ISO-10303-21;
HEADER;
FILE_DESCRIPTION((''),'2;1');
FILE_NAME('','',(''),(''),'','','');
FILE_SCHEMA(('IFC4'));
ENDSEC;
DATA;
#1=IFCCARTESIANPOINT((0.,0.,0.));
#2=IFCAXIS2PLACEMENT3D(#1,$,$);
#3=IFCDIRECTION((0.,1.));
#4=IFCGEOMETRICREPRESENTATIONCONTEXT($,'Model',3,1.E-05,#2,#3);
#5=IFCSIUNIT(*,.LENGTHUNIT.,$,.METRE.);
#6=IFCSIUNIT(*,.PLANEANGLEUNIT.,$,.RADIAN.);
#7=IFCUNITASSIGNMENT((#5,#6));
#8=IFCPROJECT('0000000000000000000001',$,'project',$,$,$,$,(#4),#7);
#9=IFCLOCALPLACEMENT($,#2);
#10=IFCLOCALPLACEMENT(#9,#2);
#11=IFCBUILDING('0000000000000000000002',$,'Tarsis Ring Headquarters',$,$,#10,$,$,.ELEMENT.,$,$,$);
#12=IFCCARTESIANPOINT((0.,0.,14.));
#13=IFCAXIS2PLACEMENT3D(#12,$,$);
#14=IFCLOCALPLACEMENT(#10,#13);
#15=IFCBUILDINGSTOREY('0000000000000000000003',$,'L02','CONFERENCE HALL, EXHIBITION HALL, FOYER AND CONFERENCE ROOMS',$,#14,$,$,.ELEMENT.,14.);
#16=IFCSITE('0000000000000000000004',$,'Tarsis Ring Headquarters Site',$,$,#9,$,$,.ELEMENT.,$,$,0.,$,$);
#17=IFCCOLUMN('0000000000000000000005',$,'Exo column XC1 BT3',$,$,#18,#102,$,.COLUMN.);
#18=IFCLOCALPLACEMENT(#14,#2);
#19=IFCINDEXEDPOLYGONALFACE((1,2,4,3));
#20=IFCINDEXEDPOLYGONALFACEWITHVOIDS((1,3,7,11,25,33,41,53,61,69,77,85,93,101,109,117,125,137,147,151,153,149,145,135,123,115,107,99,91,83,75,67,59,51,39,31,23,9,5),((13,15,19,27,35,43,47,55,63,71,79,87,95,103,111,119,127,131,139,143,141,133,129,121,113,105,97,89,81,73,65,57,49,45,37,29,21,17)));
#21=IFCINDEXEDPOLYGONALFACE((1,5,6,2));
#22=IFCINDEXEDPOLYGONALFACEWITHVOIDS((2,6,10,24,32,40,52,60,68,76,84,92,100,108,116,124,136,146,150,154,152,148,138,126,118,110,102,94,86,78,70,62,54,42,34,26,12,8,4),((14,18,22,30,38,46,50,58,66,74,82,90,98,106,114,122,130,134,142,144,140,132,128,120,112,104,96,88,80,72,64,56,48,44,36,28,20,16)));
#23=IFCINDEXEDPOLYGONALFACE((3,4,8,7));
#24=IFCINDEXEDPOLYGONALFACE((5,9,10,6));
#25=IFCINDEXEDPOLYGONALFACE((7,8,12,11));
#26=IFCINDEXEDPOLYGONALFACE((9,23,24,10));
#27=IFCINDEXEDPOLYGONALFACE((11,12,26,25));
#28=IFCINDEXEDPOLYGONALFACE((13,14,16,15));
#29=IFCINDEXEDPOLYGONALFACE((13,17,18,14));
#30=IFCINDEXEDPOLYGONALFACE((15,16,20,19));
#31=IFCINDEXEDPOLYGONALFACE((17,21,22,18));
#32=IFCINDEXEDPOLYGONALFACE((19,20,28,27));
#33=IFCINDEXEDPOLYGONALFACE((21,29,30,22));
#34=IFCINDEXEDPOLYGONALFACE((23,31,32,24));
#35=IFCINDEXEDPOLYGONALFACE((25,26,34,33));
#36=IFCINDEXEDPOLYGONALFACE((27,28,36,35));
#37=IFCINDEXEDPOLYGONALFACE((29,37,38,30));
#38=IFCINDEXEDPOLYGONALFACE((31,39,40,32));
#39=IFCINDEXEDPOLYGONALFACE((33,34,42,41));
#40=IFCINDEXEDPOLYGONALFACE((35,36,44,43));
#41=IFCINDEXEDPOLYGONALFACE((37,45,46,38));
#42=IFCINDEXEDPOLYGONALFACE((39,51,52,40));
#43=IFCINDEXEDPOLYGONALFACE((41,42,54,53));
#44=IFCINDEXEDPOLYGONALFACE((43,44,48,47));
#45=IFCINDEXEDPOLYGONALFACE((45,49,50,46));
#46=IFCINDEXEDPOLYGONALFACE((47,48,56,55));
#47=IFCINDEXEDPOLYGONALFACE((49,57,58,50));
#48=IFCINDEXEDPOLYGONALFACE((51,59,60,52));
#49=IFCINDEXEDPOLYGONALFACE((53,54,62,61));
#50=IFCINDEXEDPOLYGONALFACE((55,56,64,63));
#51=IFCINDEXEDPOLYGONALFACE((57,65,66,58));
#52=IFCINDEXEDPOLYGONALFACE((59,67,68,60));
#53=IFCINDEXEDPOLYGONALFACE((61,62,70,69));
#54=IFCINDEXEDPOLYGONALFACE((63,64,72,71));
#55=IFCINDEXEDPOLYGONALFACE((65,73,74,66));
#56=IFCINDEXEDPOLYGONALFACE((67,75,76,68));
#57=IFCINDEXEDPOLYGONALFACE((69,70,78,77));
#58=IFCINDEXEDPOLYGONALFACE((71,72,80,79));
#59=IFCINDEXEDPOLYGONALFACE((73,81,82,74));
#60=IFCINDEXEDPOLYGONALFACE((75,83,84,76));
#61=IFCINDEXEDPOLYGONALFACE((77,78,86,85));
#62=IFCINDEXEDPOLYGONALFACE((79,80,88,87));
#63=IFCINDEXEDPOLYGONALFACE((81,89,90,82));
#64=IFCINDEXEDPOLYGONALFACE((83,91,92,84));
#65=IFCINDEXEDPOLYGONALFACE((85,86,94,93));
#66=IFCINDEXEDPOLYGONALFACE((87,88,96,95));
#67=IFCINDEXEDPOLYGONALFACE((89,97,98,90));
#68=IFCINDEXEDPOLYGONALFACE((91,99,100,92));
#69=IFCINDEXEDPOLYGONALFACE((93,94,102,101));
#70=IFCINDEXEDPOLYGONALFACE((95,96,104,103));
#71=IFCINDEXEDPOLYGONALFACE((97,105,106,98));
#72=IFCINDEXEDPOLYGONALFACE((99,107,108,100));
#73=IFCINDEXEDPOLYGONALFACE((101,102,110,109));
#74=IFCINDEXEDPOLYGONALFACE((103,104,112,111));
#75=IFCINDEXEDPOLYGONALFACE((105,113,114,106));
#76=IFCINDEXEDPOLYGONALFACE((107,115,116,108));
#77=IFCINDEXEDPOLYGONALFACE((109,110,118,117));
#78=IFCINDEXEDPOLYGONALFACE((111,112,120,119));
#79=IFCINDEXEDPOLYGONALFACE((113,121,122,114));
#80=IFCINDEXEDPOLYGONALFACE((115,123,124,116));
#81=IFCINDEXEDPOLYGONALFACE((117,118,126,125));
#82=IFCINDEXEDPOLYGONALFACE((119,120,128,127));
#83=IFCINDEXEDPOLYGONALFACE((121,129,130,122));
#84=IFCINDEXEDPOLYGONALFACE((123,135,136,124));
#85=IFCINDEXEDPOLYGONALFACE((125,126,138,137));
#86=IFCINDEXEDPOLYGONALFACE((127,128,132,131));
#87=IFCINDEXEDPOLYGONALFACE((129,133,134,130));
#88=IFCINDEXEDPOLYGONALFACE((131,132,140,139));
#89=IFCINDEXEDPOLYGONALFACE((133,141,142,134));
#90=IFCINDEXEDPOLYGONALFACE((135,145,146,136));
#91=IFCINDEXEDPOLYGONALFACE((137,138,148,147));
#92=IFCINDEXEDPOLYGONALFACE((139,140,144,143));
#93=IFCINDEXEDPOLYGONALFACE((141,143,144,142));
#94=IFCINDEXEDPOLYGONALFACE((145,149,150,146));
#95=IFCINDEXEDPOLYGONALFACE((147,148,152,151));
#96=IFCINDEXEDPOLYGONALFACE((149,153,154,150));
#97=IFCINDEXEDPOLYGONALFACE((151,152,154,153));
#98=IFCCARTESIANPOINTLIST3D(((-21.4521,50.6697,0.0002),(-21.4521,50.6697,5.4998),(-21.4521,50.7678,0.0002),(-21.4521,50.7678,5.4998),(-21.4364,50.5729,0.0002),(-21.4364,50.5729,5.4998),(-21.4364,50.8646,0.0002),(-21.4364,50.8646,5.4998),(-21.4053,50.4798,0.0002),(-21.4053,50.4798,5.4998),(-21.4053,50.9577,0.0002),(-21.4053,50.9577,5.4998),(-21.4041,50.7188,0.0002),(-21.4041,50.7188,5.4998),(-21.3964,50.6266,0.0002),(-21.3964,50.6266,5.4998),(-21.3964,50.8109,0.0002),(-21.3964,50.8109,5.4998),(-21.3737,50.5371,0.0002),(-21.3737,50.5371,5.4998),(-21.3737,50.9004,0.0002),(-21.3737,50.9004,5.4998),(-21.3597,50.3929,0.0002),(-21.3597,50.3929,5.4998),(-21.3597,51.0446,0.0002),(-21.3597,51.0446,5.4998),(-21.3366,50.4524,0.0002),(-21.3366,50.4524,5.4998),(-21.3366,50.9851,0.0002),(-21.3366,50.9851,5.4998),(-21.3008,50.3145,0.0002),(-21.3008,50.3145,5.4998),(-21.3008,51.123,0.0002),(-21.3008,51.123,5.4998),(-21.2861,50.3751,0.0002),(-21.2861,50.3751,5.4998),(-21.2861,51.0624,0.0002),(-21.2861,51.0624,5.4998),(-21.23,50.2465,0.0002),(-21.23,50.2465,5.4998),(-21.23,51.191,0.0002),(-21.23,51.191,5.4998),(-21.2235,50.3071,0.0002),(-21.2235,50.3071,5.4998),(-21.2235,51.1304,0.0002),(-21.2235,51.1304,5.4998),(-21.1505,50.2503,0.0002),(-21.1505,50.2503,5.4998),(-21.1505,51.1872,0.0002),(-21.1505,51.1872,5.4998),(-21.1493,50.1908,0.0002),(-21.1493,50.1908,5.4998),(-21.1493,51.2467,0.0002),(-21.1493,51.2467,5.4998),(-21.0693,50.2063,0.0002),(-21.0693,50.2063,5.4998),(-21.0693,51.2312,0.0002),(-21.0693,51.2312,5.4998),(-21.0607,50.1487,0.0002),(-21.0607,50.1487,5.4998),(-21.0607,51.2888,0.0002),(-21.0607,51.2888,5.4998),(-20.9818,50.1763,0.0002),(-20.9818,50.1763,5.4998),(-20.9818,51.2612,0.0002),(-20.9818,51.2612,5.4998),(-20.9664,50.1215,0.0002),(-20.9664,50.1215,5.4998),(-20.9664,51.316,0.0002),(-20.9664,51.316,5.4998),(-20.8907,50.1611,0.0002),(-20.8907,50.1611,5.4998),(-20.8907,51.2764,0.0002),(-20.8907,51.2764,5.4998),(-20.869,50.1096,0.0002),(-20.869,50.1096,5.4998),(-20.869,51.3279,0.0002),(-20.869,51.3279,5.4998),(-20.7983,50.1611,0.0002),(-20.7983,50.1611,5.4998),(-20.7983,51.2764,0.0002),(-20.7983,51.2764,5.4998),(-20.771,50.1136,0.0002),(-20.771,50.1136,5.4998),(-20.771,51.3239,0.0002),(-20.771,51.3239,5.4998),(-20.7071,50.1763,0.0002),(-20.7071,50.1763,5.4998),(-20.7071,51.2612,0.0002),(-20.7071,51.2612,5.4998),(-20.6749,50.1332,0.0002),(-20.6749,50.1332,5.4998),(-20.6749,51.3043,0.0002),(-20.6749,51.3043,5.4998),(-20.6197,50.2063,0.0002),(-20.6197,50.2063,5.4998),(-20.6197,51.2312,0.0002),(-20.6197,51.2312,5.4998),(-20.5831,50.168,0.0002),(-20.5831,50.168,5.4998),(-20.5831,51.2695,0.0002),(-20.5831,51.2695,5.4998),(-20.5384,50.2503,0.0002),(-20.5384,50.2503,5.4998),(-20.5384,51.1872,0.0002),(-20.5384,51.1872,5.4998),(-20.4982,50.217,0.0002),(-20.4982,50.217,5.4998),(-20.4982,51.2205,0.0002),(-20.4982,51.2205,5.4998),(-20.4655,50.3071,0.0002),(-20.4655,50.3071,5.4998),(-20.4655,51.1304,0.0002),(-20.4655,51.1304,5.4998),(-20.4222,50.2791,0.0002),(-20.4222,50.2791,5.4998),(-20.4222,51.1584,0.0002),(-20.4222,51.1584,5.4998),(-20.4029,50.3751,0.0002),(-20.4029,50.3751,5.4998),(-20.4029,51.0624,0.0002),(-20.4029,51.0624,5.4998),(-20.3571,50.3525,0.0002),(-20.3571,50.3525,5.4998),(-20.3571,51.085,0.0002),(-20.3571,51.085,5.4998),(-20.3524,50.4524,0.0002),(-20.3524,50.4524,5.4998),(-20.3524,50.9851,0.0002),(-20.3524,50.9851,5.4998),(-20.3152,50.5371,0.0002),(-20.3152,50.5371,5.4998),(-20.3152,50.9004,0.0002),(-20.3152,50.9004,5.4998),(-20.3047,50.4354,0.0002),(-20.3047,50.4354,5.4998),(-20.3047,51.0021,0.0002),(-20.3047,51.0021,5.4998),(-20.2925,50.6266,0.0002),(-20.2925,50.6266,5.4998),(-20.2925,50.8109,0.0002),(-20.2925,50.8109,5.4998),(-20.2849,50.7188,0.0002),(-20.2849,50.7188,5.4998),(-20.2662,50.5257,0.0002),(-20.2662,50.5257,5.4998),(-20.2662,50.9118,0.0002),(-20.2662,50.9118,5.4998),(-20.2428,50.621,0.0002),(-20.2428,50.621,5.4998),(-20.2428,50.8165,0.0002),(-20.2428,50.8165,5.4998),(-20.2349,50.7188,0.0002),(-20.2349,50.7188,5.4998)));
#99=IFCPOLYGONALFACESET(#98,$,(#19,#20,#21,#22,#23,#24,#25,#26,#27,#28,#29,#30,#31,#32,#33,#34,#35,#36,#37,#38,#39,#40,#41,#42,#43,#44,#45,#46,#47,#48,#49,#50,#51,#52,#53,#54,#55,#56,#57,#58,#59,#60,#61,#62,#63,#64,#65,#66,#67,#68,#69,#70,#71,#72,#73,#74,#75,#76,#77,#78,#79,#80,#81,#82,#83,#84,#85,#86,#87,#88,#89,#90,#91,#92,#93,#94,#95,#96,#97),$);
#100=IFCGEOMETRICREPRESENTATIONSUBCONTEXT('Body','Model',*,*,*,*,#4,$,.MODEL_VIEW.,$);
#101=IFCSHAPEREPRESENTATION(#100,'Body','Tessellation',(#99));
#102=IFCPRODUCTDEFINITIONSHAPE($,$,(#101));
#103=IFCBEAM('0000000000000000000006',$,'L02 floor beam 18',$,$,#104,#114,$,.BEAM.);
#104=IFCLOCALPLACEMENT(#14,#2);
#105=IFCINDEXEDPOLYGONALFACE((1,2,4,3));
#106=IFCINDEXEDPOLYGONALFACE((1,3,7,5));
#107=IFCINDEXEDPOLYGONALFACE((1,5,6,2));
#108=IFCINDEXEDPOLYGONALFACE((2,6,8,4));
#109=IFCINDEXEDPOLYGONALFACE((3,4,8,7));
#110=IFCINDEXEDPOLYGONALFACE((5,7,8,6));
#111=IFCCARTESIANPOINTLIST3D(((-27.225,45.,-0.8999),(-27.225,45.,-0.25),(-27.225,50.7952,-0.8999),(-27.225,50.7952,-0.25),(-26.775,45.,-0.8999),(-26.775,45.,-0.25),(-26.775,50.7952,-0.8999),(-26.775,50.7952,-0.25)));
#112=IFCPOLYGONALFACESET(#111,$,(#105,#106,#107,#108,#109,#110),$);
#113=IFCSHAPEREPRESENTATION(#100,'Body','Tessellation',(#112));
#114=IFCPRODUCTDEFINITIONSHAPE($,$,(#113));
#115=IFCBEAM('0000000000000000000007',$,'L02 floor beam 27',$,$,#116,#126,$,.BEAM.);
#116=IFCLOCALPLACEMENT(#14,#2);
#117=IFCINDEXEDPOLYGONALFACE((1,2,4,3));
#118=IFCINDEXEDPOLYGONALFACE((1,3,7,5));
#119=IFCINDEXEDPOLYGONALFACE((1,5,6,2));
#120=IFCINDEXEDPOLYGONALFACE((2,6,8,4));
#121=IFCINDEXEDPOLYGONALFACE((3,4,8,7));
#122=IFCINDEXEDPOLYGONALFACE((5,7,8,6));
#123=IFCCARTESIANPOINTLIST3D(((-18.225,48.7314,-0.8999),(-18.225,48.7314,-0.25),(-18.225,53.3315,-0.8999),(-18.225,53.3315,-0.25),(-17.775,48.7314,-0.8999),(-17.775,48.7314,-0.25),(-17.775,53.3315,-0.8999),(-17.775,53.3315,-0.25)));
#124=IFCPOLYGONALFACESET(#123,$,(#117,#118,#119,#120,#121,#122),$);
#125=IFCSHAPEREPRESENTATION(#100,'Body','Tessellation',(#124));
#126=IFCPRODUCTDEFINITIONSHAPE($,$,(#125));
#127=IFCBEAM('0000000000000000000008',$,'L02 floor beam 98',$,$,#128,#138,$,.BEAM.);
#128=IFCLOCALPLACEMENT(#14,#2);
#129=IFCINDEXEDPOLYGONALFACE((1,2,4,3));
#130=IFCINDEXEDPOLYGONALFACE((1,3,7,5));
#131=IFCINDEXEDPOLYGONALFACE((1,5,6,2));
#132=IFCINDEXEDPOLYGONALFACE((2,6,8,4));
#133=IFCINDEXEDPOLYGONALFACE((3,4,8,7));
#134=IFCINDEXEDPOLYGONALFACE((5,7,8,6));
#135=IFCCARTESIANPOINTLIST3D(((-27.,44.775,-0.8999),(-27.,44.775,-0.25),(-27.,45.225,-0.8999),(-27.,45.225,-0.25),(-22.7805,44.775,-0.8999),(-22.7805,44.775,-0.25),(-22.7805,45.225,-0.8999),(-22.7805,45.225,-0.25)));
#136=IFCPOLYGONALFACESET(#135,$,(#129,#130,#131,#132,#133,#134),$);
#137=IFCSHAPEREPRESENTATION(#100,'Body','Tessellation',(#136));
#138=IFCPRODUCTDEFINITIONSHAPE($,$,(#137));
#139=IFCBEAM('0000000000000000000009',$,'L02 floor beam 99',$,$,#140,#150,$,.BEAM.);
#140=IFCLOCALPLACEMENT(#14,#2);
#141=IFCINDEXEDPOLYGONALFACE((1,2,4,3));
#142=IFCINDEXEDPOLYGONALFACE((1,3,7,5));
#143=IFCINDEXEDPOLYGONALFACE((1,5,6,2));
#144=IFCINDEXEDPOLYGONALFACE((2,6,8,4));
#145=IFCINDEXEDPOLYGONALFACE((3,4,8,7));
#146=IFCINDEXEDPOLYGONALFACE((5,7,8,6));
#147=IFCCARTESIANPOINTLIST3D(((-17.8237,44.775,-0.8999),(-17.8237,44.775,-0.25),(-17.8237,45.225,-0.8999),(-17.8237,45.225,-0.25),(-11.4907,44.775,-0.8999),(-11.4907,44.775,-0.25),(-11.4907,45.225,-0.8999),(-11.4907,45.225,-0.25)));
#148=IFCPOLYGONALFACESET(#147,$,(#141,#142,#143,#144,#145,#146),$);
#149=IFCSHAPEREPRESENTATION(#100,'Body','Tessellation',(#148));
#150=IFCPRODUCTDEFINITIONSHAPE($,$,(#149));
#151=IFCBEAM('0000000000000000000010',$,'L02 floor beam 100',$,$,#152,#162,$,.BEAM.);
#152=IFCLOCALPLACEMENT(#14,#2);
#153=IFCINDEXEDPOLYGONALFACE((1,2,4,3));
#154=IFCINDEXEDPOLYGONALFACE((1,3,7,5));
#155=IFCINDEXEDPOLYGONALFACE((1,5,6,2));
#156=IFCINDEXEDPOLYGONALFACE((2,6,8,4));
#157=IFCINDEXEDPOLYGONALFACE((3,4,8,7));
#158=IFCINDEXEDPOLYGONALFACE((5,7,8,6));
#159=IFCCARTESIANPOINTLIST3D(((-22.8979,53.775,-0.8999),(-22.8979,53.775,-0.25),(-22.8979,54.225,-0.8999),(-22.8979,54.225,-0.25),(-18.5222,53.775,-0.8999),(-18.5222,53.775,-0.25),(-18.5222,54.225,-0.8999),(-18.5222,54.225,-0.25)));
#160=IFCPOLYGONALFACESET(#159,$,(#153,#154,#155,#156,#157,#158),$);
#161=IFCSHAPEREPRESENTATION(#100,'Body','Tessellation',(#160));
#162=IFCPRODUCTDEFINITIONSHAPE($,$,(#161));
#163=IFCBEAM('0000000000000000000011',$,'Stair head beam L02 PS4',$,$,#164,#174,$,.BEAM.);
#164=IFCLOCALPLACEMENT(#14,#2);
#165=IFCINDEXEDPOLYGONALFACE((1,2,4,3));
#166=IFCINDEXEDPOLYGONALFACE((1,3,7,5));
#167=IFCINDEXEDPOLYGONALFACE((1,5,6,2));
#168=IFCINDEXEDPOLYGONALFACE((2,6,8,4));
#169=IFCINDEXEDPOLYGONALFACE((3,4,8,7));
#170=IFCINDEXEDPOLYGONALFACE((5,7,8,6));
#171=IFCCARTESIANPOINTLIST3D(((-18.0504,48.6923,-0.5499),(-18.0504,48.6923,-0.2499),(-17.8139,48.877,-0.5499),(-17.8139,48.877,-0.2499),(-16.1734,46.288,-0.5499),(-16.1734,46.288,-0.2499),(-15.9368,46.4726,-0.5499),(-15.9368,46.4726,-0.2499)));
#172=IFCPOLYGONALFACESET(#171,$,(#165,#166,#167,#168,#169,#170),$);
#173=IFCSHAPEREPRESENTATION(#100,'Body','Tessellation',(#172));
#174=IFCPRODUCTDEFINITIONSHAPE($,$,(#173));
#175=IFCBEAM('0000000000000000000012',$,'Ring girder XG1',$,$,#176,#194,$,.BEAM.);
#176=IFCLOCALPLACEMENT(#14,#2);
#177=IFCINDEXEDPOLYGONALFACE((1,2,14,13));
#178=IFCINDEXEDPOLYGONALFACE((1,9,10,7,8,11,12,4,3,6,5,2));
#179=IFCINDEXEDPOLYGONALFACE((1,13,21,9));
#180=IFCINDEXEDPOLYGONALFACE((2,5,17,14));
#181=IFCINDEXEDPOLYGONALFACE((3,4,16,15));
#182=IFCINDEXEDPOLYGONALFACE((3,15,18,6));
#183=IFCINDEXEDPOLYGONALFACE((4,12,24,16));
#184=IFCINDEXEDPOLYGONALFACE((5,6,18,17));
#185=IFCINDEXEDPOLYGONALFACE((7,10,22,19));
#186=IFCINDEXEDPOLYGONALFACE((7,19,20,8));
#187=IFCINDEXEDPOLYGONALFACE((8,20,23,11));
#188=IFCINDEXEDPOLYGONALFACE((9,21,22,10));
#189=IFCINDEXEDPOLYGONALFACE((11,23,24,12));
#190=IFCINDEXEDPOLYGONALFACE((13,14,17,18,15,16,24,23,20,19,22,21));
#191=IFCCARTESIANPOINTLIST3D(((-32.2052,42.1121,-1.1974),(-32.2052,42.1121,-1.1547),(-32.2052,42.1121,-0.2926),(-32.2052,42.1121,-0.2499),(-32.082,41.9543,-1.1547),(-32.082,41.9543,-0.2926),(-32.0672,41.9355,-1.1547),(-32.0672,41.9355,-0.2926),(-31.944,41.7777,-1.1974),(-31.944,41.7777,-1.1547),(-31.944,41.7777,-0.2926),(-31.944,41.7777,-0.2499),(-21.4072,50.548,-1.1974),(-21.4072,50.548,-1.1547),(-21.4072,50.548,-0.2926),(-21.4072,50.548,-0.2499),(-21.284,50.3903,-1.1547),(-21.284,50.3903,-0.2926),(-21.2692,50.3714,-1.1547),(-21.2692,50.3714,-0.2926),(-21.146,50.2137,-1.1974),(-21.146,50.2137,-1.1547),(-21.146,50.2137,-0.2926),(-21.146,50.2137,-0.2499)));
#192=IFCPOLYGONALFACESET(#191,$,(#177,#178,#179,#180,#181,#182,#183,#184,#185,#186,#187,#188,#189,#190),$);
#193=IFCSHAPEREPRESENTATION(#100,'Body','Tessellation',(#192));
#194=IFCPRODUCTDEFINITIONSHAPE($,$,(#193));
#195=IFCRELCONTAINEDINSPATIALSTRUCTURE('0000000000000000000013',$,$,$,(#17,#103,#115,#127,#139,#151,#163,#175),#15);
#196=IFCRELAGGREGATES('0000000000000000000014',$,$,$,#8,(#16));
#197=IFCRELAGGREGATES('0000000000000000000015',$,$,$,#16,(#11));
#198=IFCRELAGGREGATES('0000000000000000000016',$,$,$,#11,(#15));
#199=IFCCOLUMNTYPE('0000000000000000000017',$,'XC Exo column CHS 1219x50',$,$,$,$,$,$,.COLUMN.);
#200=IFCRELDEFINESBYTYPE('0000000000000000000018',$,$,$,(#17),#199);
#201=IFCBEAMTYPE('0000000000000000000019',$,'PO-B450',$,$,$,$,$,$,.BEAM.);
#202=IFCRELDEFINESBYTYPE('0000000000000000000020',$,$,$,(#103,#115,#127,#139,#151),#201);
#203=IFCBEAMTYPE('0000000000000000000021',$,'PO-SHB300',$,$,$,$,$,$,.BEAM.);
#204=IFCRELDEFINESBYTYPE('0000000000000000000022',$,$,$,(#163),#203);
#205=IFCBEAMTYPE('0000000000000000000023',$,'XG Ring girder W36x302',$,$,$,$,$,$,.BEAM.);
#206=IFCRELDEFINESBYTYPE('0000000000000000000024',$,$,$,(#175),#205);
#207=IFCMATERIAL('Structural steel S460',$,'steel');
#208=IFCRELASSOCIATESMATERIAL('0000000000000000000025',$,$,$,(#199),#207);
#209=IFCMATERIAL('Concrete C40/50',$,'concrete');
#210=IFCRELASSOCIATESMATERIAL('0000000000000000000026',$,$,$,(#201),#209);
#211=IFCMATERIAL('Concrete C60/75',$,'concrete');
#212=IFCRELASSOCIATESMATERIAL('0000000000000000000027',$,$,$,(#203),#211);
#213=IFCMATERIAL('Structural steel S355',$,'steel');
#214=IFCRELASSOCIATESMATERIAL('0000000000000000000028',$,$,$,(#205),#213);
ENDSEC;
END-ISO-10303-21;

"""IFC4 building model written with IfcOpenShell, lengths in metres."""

from ifc_helpers import new_model, si_unit, direction, frame, origin, origin_2d, place, context, subcontext, project, spatial, rectangle, hollow_circle, i_section, extrude, material, material_profile, profile_set, type_object, element, save


model = new_model("IFC4")

# Units and contexts
model_context = context("Model", 3, precision=1e-05, world=origin(), true_north=direction((0.0, 1.0)))
body_context = subcontext(model_context, "Body", "Model", "MODEL_VIEW")
ifc_project = project(units=[si_unit("LENGTHUNIT", "METRE"), si_unit("PLANEANGLEUNIT", "RADIAN")], contexts=[model_context])

# Site, building, storey
site_placement = place(None, origin())
site = spatial("IfcSite", under=ifc_project, at=site_placement, Name="Tarsis Ring Headquarters Site", CompositionType="ELEMENT", RefElevation=0.0)
building_placement = place(site_placement, origin())
building = spatial("IfcBuilding", under=site, at=building_placement, Name="Tarsis Ring Headquarters", CompositionType="ELEMENT")
storey_placement = place(building_placement, frame((0.0, 0.0, 14.0)))
storey = spatial("IfcBuildingStorey", under=building, at=storey_placement, Name="L02", Description="CONFERENCE HALL, EXHIBITION HALL, FOYER AND CONFERENCE ROOMS", CompositionType="ELEMENT", Elevation=14.0)

# Column
ifc_material_1 = material(Name="Structural steel S460", Category="steel")
ifc_material_profile_1 = material_profile(ifc_material_1, hollow_circle(Radius=0.6096, WallThickness=0.05, at=origin_2d()), Name="CHS 1219x50")
ifc_profile_set_1 = profile_set([ifc_material_profile_1], Name="Structural steel S460")
column_type = type_object("IfcColumnType", Name="XC Exo column CHS 1219x50", PredefinedType="COLUMN", material=ifc_profile_set_1)
column_placement = place(storey_placement, frame((-20.8445, 50.7188, 0.0002), z_axis=(0.0, 0.0, 1.0), x_axis=(1.0, 0.0, 0.0)))
element("IfcColumn", 1, at=column_placement, inside=storey, type_object=column_type, Name="Exo column XC1 BT3", PredefinedType="COLUMN", context=body_context, shape_type="SweptSolid", body=[
    extrude(hollow_circle(Radius=0.6096, WallThickness=0.05, at=origin_2d()), origin(), (0.0, 0.0, 1.0), 5.4995),
])

# Beams
ifc_material_2 = material(Name="Concrete C40/50", Category="concrete")
ifc_material_profile_2 = material_profile(ifc_material_2, rectangle(XDim=0.45, YDim=0.6499, at=origin_2d()), Name="PO-B450")
ifc_profile_set_2 = profile_set([ifc_material_profile_2], Name="Concrete C40/50")
beam_type_1 = type_object("IfcBeamType", Name="PO-B450", PredefinedType="BEAM", material=ifc_profile_set_2)
beam_1_placement = place(storey_placement, frame((-27.0, 45.0, -0.575), z_axis=(0.0, 1.0, 0.0), x_axis=(-1.0, 0.0, 0.0)))
element("IfcBeam", 2, at=beam_1_placement, inside=storey, type_object=beam_type_1, Name="L02 floor beam 18", PredefinedType="BEAM", context=body_context, shape_type="SweptSolid", body=[
    extrude(rectangle(XDim=0.45, YDim=0.6499, at=origin_2d()), origin(), (0.0, 0.0, 1.0), 5.7952),
])
beam_2_placement = place(storey_placement, frame((-18.0, 48.7314, -0.575), z_axis=(0.0, 1.0, 0.0), x_axis=(-1.0, 0.0, 0.0)))
element("IfcBeam", 3, at=beam_2_placement, inside=storey, type_object=beam_type_1, Name="L02 floor beam 27", PredefinedType="BEAM", context=body_context, shape_type="SweptSolid", body=[
    extrude(rectangle(XDim=0.45, YDim=0.6499, at=origin_2d()), origin(), (0.0, 0.0, 1.0), 4.6001),
])
beam_3_placement = place(storey_placement, frame((-27.0, 45.0, -0.575), z_axis=(1.0, 0.0, 0.0), x_axis=(0.0, 1.0, 0.0)))
element("IfcBeam", 4, at=beam_3_placement, inside=storey, type_object=beam_type_1, Name="L02 floor beam 98", PredefinedType="BEAM", context=body_context, shape_type="SweptSolid", body=[
    extrude(rectangle(XDim=0.45, YDim=0.6499, at=origin_2d()), origin(), (0.0, 0.0, 1.0), 4.2195),
])
beam_4_placement = place(storey_placement, frame((-17.8237, 45.0, -0.575), z_axis=(1.0, 0.0, 0.0), x_axis=(0.0, 1.0, 0.0)))
element("IfcBeam", 5, at=beam_4_placement, inside=storey, type_object=beam_type_1, Name="L02 floor beam 99", PredefinedType="BEAM", context=body_context, shape_type="SweptSolid", body=[
    extrude(rectangle(XDim=0.45, YDim=0.6499, at=origin_2d()), origin(), (0.0, 0.0, 1.0), 6.333),
])
beam_5_placement = place(storey_placement, frame((-22.8979, 54.0, -0.575), z_axis=(1.0, 0.0, 0.0), x_axis=(0.0, 1.0, 0.0)))
element("IfcBeam", 6, at=beam_5_placement, inside=storey, type_object=beam_type_1, Name="L02 floor beam 100", PredefinedType="BEAM", context=body_context, shape_type="SweptSolid", body=[
    extrude(rectangle(XDim=0.45, YDim=0.6499, at=origin_2d()), origin(), (0.0, 0.0, 1.0), 4.3757),
])
ifc_material_3 = material(Name="Concrete C60/75", Category="concrete")
ifc_material_profile_3 = material_profile(ifc_material_3, rectangle(XDim=0.3, YDim=0.3, at=origin_2d()), Name="PO-SHB300")
ifc_profile_set_3 = profile_set([ifc_material_profile_3], Name="Concrete C60/75")
beam_type_2 = type_object("IfcBeamType", Name="PO-SHB300", PredefinedType="BEAM", material=ifc_profile_set_3)
beam_6_placement = place(storey_placement, frame((-17.9321, 48.7847, -0.3999), z_axis=(0.615358, -0.788248, 0.0), x_axis=(0.788248, 0.615358, 0.0)))
element("IfcBeam", 7, at=beam_6_placement, inside=storey, type_object=beam_type_2, Name="Stair head beam L02 PS4", PredefinedType="BEAM", context=body_context, shape_type="SweptSolid", body=[
    extrude(rectangle(XDim=0.3, YDim=0.3, at=origin_2d()), origin(), (0.0, 0.0, 1.0), 3.0503),
])
ifc_material_4 = material(Name="Structural steel S355", Category="steel")
ifc_material_profile_4 = material_profile(ifc_material_4, i_section(OverallWidth=0.4243, OverallDepth=0.9475, WebThickness=0.0239, FlangeThickness=0.0427, at=origin_2d()), Name="W36x302")
ifc_profile_set_4 = profile_set([ifc_material_profile_4], Name="Structural steel S355")
beam_type_3 = type_object("IfcBeamType", Name="XG Ring girder W36x302", PredefinedType="BEAM", material=ifc_profile_set_4)
beam_7_placement = place(storey_placement, frame((-21.2766, 50.3809, -0.7236), z_axis=(-0.788024, -0.615645, 0.0), x_axis=(0.615645, -0.788024, 0.0)))
element("IfcBeam", 8, at=beam_7_placement, inside=storey, type_object=beam_type_3, Name="Ring girder XG1", PredefinedType="BEAM", context=body_context, shape_type="SweptSolid", body=[
    extrude(i_section(OverallWidth=0.4243, OverallDepth=0.9475, WebThickness=0.0239, FlangeThickness=0.0427, at=origin_2d()), origin(), (0.0, 0.0, 1.0), 13.7026),
])

save(model, "model.ifc")
